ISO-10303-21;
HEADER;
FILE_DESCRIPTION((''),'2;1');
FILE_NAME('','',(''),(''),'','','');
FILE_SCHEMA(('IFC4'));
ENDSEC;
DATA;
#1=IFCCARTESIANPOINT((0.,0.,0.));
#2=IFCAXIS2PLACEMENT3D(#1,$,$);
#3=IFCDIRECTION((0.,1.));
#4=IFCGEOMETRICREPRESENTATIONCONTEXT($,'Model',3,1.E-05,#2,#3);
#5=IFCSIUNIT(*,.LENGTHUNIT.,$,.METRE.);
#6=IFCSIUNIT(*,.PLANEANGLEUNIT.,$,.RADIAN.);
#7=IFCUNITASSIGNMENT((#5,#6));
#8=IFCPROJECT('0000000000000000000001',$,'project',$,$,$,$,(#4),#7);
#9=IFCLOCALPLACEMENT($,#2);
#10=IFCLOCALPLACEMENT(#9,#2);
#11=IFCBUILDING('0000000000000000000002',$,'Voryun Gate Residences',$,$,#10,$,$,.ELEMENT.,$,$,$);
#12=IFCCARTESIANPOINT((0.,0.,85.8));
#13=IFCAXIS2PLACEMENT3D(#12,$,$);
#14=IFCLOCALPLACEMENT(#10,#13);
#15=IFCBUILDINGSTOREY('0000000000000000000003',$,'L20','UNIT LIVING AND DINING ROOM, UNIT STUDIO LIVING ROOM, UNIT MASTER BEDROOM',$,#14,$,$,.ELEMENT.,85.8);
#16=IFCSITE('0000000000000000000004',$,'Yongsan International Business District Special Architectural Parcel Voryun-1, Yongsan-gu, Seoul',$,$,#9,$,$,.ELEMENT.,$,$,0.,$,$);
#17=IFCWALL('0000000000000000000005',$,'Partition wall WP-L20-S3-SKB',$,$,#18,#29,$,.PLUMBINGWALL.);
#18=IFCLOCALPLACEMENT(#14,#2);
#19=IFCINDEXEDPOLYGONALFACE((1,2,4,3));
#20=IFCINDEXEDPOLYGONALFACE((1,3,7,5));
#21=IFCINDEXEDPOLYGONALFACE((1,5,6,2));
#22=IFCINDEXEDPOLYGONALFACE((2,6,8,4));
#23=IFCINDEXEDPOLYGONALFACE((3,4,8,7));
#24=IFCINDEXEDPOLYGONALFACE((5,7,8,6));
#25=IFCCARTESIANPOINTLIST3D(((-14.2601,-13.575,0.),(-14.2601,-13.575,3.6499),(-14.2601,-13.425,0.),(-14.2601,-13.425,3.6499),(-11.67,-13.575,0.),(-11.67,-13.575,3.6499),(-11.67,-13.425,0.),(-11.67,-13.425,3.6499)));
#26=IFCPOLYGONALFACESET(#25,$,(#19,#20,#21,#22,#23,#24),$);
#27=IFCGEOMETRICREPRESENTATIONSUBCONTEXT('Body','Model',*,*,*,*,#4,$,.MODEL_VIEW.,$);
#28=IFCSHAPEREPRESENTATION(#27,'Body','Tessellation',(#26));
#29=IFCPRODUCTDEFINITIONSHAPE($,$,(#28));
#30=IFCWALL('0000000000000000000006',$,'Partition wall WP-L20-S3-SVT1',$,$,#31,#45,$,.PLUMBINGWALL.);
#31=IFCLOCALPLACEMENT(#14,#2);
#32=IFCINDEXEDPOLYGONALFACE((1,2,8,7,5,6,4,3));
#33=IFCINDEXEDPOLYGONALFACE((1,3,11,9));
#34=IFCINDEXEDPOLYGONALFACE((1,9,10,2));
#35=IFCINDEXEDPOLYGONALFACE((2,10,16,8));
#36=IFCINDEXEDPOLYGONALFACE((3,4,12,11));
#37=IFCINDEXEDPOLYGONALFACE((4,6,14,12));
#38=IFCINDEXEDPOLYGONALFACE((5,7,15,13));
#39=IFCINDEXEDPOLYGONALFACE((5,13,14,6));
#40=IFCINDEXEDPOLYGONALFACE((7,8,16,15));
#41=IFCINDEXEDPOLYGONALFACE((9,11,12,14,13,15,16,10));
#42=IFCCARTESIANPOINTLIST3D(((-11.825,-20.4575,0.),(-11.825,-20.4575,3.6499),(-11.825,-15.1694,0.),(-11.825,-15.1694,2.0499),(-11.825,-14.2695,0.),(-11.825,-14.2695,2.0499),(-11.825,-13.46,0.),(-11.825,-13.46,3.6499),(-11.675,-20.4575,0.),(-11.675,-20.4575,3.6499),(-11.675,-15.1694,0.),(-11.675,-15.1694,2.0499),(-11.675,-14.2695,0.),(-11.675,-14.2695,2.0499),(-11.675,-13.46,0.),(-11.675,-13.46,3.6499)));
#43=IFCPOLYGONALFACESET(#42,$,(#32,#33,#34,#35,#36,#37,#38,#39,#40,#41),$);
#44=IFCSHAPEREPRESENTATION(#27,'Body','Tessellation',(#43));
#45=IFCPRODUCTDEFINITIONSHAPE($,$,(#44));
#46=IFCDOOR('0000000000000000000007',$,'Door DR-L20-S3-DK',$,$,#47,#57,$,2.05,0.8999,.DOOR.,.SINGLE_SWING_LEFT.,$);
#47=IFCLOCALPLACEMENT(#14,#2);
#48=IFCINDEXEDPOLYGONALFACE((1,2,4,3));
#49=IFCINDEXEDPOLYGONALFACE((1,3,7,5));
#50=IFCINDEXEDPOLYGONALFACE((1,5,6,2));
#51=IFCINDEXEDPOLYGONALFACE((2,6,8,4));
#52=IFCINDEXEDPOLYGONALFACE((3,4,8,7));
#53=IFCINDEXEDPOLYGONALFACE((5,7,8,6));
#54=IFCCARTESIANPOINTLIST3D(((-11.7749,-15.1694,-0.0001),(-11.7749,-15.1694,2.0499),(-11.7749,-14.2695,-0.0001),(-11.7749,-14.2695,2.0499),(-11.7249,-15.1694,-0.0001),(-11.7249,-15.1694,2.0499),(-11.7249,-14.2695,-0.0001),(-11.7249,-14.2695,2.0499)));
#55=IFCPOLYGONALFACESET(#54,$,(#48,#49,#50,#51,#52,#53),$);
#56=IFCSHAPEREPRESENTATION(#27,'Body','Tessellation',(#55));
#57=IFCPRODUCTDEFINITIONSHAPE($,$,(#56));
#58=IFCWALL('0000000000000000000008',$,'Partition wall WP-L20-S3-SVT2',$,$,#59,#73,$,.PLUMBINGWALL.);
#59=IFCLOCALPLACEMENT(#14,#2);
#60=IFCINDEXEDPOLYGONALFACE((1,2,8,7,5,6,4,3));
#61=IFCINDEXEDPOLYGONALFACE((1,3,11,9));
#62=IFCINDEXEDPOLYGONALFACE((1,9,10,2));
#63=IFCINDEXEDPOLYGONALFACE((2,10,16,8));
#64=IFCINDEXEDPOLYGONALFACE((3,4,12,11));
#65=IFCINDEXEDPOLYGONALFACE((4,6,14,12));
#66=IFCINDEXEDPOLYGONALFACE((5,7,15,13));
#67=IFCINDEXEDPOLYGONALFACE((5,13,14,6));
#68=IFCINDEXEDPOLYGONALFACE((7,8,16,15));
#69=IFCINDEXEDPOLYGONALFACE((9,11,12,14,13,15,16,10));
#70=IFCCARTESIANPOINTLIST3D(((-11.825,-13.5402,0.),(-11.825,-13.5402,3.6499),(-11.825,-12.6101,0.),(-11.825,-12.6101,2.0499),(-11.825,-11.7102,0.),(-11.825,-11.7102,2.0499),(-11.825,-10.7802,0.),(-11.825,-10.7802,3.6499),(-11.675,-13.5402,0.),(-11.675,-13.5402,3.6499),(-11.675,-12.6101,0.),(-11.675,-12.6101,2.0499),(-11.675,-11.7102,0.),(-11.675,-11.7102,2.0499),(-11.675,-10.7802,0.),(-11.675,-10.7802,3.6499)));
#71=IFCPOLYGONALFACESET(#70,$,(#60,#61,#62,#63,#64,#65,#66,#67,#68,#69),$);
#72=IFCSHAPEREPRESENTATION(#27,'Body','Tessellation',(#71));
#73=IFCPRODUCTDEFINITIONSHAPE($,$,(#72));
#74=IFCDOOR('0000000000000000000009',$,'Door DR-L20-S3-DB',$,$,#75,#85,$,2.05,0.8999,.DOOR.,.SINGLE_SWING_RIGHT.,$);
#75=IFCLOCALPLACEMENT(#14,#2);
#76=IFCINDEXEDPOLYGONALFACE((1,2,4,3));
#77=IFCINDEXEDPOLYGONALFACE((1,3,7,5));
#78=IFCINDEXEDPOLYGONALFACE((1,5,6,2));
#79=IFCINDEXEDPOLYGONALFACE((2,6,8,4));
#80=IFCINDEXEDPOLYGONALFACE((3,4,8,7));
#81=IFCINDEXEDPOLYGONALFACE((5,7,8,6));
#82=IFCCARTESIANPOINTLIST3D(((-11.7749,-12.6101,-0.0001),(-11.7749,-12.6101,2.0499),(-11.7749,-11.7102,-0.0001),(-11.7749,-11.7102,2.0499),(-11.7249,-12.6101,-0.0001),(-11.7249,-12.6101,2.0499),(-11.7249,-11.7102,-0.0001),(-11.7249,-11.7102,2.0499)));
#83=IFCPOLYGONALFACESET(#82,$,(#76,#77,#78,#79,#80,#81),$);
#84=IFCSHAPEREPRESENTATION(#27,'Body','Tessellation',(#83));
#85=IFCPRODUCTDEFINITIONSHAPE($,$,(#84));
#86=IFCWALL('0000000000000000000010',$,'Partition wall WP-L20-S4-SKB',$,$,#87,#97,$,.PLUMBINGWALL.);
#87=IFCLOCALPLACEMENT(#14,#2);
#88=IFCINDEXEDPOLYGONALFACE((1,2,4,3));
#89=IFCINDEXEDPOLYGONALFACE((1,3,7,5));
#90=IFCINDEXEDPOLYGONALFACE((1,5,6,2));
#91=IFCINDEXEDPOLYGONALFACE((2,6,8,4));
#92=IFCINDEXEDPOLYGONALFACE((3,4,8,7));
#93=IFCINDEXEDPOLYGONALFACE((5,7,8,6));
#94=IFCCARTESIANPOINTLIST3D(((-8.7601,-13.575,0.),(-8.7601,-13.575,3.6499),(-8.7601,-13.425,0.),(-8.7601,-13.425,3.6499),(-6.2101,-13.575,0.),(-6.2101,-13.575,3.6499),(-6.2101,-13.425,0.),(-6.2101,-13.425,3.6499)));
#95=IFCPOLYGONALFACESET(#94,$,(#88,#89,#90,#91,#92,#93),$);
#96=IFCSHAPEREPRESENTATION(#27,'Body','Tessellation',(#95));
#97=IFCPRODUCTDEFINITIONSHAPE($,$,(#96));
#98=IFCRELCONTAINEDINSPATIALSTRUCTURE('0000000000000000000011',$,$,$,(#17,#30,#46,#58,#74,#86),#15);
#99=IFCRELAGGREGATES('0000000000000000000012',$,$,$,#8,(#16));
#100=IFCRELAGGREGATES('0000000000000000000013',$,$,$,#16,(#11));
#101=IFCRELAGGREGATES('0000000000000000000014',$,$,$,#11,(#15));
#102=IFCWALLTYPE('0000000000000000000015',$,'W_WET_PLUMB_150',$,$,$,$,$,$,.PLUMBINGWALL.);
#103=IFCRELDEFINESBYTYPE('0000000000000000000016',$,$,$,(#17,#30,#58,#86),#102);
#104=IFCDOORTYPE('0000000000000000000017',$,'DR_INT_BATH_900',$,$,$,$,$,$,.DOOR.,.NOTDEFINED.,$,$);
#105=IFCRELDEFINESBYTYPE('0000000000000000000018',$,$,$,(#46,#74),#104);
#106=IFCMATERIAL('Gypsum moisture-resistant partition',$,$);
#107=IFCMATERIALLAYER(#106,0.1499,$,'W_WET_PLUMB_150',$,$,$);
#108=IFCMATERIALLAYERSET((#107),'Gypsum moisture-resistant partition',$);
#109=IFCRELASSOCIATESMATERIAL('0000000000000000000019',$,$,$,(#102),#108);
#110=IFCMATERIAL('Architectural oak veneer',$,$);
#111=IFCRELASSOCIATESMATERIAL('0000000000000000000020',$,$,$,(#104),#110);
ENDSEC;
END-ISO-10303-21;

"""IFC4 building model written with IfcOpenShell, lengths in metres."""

from ifc_helpers import new_model, si_unit, direction, frame, frame_2d, origin, place, context, subcontext, project, spatial, rectangle, extrude, material, layer, layer_set, type_object, element, fill, save


model = new_model("IFC4")

# Units and contexts
model_context = context("Model", 3, precision=1e-05, world=origin(), true_north=direction((0.0, 1.0)))
body_context = subcontext(model_context, "Body", "Model", "MODEL_VIEW")
ifc_project = project(units=[si_unit("LENGTHUNIT", "METRE"), si_unit("PLANEANGLEUNIT", "RADIAN")], contexts=[model_context])

# Site, building, storey
site_placement = place(None, origin())
site = spatial("IfcSite", under=ifc_project, at=site_placement, Name="Yongsan International Business District Special Architectural Parcel Voryun-1, Yongsan-gu, Seoul", CompositionType="ELEMENT", RefElevation=0.0)
building_placement = place(site_placement, origin())
building = spatial("IfcBuilding", under=site, at=building_placement, Name="Voryun Gate Residences", CompositionType="ELEMENT")
storey_placement = place(building_placement, frame((0.0, 0.0, 85.8)))
storey = spatial("IfcBuildingStorey", under=building, at=storey_placement, Name="L20", Description="UNIT LIVING AND DINING ROOM, UNIT STUDIO LIVING ROOM, UNIT MASTER BEDROOM", CompositionType="ELEMENT", Elevation=85.8)

# Shared definitions
ifc_material_1 = material(Name="Gypsum moisture-resistant partition")
ifc_layer_1 = layer(ifc_material_1, 0.1499, Name="W_WET_PLUMB_150")
ifc_layer_set_1 = layer_set([ifc_layer_1], Name="Gypsum moisture-resistant partition")
wall_type_1 = type_object("IfcWallType", Name="W_WET_PLUMB_150", PredefinedType="PLUMBINGWALL", material=ifc_layer_set_1)
ifc_material_2 = material(Name="Architectural oak veneer")
door_type_1 = type_object("IfcDoorType", Name="DR_INT_BATH_900", OperationType="NOTDEFINED", PredefinedType="DOOR", material=ifc_material_2)

# Wall
wall_1_placement = place(storey_placement, frame((-14.26, -13.5, 0.0), z_axis=(0.0, 0.0, 1.0), x_axis=(1.0, 0.0, 0.0)))
element("IfcWall", 1, at=wall_1_placement, inside=storey, type_object=wall_type_1, Name="Partition wall WP-L20-S3-SKB", PredefinedType="PLUMBINGWALL", context=body_context, shape_type="SweptSolid", body=[
    extrude(rectangle(XDim=2.5901, YDim=0.1499, at=frame_2d((1.2949, 0.0))), origin(), (0.0, 0.0, 1.0), 3.6499),
])

# Walls, openings, doors
wall_2_placement = place(storey_placement, frame((-11.75, -20.4575, 0.0), z_axis=(0.0, 0.0, 1.0), x_axis=(0.0, 1.0, 0.0)))
wall_2 = element("IfcWall", 2, at=wall_2_placement, inside=storey, type_object=wall_type_1, Name="Partition wall WP-L20-S3-SVT1", PredefinedType="PLUMBINGWALL", context=body_context, shape_type="SweptSolid", body=[
    extrude(rectangle(XDim=6.9976, YDim=0.1499, at=frame_2d((3.4988, 0.0))), origin(), (0.0, 0.0, 1.0), 3.6499),
])
opening_1_placement = place(wall_2_placement, frame((5.2881, 0.0, 0.0)))
opening_1 = element("IfcOpeningElement", 3, at=opening_1_placement, cuts=wall_2, PredefinedType="OPENING", context=body_context, shape_type="SweptSolid", body=[
    extrude(rectangle(XDim=0.8999, YDim=2.05, at=frame_2d((0.45, 1.0249))), frame((0.0, 0.085, 0.0), z_axis=(0.0, -1.0, 0.0), x_axis=(1.0, 0.0, 0.0)), (0.0, 0.0, 1.0), 0.1699),
])
door_1_placement = place(opening_1_placement, origin())
door_1 = element("IfcDoor", 4, at=door_1_placement, inside=storey, type_object=door_type_1, Name="Door DR-L20-S3-DK", OperationType="SINGLE_SWING_LEFT", OverallHeight=2.05, OverallWidth=0.8999, PredefinedType="DOOR", context=body_context, shape_type="SweptSolid", body=[
    extrude(rectangle(XDim=0.8999, YDim=2.05, at=frame_2d((0.45, 1.0249))), frame((0.0, 0.0249, 0.0), z_axis=(0.0, -1.0, 0.0), x_axis=(1.0, 0.0, 0.0)), (0.0, 0.0, 1.0), 0.05),
])
fill(opening_1, door_1)
wall_3_placement = place(storey_placement, frame((-11.75, -13.54, 0.0), z_axis=(0.0, 0.0, 1.0), x_axis=(0.0, 1.0, 0.0)))
wall_3 = element("IfcWall", 5, at=wall_3_placement, inside=storey, type_object=wall_type_1, Name="Partition wall WP-L20-S3-SVT2", PredefinedType="PLUMBINGWALL", context=body_context, shape_type="SweptSolid", body=[
    extrude(rectangle(XDim=2.76, YDim=0.1499, at=frame_2d((1.3799, 0.0))), origin(), (0.0, 0.0, 1.0), 3.6499),
])
opening_2_placement = place(wall_3_placement, frame((0.9299, 0.0, 0.0)))
opening_2 = element("IfcOpeningElement", 6, at=opening_2_placement, cuts=wall_3, PredefinedType="OPENING", context=body_context, shape_type="SweptSolid", body=[
    extrude(rectangle(XDim=0.8999, YDim=2.05, at=frame_2d((0.45, 1.0249))), frame((0.0, 0.085, 0.0), z_axis=(0.0, -1.0, 0.0), x_axis=(1.0, 0.0, 0.0)), (0.0, 0.0, 1.0), 0.1699),
])
door_2_placement = place(opening_2_placement, origin())
door_2 = element("IfcDoor", 7, at=door_2_placement, inside=storey, type_object=door_type_1, Name="Door DR-L20-S3-DB", OperationType="SINGLE_SWING_RIGHT", OverallHeight=2.05, OverallWidth=0.8999, PredefinedType="DOOR", context=body_context, shape_type="SweptSolid", body=[
    extrude(rectangle(XDim=0.8999, YDim=2.05, at=frame_2d((0.45, 1.0249))), frame((0.0, 0.0249, 0.0), z_axis=(0.0, -1.0, 0.0), x_axis=(1.0, 0.0, 0.0)), (0.0, 0.0, 1.0), 0.05),
])
fill(opening_2, door_2)

# Wall
wall_4_placement = place(storey_placement, frame((-8.76, -13.5, 0.0), z_axis=(0.0, 0.0, 1.0), x_axis=(1.0, 0.0, 0.0)))
element("IfcWall", 8, at=wall_4_placement, inside=storey, type_object=wall_type_1, Name="Partition wall WP-L20-S4-SKB", PredefinedType="PLUMBINGWALL", context=body_context, shape_type="SweptSolid", body=[
    extrude(rectangle(XDim=2.55, YDim=0.1499, at=frame_2d((1.2749, 0.0))), origin(), (0.0, 0.0, 1.0), 3.6499),
])

save(model, "model.ifc")
